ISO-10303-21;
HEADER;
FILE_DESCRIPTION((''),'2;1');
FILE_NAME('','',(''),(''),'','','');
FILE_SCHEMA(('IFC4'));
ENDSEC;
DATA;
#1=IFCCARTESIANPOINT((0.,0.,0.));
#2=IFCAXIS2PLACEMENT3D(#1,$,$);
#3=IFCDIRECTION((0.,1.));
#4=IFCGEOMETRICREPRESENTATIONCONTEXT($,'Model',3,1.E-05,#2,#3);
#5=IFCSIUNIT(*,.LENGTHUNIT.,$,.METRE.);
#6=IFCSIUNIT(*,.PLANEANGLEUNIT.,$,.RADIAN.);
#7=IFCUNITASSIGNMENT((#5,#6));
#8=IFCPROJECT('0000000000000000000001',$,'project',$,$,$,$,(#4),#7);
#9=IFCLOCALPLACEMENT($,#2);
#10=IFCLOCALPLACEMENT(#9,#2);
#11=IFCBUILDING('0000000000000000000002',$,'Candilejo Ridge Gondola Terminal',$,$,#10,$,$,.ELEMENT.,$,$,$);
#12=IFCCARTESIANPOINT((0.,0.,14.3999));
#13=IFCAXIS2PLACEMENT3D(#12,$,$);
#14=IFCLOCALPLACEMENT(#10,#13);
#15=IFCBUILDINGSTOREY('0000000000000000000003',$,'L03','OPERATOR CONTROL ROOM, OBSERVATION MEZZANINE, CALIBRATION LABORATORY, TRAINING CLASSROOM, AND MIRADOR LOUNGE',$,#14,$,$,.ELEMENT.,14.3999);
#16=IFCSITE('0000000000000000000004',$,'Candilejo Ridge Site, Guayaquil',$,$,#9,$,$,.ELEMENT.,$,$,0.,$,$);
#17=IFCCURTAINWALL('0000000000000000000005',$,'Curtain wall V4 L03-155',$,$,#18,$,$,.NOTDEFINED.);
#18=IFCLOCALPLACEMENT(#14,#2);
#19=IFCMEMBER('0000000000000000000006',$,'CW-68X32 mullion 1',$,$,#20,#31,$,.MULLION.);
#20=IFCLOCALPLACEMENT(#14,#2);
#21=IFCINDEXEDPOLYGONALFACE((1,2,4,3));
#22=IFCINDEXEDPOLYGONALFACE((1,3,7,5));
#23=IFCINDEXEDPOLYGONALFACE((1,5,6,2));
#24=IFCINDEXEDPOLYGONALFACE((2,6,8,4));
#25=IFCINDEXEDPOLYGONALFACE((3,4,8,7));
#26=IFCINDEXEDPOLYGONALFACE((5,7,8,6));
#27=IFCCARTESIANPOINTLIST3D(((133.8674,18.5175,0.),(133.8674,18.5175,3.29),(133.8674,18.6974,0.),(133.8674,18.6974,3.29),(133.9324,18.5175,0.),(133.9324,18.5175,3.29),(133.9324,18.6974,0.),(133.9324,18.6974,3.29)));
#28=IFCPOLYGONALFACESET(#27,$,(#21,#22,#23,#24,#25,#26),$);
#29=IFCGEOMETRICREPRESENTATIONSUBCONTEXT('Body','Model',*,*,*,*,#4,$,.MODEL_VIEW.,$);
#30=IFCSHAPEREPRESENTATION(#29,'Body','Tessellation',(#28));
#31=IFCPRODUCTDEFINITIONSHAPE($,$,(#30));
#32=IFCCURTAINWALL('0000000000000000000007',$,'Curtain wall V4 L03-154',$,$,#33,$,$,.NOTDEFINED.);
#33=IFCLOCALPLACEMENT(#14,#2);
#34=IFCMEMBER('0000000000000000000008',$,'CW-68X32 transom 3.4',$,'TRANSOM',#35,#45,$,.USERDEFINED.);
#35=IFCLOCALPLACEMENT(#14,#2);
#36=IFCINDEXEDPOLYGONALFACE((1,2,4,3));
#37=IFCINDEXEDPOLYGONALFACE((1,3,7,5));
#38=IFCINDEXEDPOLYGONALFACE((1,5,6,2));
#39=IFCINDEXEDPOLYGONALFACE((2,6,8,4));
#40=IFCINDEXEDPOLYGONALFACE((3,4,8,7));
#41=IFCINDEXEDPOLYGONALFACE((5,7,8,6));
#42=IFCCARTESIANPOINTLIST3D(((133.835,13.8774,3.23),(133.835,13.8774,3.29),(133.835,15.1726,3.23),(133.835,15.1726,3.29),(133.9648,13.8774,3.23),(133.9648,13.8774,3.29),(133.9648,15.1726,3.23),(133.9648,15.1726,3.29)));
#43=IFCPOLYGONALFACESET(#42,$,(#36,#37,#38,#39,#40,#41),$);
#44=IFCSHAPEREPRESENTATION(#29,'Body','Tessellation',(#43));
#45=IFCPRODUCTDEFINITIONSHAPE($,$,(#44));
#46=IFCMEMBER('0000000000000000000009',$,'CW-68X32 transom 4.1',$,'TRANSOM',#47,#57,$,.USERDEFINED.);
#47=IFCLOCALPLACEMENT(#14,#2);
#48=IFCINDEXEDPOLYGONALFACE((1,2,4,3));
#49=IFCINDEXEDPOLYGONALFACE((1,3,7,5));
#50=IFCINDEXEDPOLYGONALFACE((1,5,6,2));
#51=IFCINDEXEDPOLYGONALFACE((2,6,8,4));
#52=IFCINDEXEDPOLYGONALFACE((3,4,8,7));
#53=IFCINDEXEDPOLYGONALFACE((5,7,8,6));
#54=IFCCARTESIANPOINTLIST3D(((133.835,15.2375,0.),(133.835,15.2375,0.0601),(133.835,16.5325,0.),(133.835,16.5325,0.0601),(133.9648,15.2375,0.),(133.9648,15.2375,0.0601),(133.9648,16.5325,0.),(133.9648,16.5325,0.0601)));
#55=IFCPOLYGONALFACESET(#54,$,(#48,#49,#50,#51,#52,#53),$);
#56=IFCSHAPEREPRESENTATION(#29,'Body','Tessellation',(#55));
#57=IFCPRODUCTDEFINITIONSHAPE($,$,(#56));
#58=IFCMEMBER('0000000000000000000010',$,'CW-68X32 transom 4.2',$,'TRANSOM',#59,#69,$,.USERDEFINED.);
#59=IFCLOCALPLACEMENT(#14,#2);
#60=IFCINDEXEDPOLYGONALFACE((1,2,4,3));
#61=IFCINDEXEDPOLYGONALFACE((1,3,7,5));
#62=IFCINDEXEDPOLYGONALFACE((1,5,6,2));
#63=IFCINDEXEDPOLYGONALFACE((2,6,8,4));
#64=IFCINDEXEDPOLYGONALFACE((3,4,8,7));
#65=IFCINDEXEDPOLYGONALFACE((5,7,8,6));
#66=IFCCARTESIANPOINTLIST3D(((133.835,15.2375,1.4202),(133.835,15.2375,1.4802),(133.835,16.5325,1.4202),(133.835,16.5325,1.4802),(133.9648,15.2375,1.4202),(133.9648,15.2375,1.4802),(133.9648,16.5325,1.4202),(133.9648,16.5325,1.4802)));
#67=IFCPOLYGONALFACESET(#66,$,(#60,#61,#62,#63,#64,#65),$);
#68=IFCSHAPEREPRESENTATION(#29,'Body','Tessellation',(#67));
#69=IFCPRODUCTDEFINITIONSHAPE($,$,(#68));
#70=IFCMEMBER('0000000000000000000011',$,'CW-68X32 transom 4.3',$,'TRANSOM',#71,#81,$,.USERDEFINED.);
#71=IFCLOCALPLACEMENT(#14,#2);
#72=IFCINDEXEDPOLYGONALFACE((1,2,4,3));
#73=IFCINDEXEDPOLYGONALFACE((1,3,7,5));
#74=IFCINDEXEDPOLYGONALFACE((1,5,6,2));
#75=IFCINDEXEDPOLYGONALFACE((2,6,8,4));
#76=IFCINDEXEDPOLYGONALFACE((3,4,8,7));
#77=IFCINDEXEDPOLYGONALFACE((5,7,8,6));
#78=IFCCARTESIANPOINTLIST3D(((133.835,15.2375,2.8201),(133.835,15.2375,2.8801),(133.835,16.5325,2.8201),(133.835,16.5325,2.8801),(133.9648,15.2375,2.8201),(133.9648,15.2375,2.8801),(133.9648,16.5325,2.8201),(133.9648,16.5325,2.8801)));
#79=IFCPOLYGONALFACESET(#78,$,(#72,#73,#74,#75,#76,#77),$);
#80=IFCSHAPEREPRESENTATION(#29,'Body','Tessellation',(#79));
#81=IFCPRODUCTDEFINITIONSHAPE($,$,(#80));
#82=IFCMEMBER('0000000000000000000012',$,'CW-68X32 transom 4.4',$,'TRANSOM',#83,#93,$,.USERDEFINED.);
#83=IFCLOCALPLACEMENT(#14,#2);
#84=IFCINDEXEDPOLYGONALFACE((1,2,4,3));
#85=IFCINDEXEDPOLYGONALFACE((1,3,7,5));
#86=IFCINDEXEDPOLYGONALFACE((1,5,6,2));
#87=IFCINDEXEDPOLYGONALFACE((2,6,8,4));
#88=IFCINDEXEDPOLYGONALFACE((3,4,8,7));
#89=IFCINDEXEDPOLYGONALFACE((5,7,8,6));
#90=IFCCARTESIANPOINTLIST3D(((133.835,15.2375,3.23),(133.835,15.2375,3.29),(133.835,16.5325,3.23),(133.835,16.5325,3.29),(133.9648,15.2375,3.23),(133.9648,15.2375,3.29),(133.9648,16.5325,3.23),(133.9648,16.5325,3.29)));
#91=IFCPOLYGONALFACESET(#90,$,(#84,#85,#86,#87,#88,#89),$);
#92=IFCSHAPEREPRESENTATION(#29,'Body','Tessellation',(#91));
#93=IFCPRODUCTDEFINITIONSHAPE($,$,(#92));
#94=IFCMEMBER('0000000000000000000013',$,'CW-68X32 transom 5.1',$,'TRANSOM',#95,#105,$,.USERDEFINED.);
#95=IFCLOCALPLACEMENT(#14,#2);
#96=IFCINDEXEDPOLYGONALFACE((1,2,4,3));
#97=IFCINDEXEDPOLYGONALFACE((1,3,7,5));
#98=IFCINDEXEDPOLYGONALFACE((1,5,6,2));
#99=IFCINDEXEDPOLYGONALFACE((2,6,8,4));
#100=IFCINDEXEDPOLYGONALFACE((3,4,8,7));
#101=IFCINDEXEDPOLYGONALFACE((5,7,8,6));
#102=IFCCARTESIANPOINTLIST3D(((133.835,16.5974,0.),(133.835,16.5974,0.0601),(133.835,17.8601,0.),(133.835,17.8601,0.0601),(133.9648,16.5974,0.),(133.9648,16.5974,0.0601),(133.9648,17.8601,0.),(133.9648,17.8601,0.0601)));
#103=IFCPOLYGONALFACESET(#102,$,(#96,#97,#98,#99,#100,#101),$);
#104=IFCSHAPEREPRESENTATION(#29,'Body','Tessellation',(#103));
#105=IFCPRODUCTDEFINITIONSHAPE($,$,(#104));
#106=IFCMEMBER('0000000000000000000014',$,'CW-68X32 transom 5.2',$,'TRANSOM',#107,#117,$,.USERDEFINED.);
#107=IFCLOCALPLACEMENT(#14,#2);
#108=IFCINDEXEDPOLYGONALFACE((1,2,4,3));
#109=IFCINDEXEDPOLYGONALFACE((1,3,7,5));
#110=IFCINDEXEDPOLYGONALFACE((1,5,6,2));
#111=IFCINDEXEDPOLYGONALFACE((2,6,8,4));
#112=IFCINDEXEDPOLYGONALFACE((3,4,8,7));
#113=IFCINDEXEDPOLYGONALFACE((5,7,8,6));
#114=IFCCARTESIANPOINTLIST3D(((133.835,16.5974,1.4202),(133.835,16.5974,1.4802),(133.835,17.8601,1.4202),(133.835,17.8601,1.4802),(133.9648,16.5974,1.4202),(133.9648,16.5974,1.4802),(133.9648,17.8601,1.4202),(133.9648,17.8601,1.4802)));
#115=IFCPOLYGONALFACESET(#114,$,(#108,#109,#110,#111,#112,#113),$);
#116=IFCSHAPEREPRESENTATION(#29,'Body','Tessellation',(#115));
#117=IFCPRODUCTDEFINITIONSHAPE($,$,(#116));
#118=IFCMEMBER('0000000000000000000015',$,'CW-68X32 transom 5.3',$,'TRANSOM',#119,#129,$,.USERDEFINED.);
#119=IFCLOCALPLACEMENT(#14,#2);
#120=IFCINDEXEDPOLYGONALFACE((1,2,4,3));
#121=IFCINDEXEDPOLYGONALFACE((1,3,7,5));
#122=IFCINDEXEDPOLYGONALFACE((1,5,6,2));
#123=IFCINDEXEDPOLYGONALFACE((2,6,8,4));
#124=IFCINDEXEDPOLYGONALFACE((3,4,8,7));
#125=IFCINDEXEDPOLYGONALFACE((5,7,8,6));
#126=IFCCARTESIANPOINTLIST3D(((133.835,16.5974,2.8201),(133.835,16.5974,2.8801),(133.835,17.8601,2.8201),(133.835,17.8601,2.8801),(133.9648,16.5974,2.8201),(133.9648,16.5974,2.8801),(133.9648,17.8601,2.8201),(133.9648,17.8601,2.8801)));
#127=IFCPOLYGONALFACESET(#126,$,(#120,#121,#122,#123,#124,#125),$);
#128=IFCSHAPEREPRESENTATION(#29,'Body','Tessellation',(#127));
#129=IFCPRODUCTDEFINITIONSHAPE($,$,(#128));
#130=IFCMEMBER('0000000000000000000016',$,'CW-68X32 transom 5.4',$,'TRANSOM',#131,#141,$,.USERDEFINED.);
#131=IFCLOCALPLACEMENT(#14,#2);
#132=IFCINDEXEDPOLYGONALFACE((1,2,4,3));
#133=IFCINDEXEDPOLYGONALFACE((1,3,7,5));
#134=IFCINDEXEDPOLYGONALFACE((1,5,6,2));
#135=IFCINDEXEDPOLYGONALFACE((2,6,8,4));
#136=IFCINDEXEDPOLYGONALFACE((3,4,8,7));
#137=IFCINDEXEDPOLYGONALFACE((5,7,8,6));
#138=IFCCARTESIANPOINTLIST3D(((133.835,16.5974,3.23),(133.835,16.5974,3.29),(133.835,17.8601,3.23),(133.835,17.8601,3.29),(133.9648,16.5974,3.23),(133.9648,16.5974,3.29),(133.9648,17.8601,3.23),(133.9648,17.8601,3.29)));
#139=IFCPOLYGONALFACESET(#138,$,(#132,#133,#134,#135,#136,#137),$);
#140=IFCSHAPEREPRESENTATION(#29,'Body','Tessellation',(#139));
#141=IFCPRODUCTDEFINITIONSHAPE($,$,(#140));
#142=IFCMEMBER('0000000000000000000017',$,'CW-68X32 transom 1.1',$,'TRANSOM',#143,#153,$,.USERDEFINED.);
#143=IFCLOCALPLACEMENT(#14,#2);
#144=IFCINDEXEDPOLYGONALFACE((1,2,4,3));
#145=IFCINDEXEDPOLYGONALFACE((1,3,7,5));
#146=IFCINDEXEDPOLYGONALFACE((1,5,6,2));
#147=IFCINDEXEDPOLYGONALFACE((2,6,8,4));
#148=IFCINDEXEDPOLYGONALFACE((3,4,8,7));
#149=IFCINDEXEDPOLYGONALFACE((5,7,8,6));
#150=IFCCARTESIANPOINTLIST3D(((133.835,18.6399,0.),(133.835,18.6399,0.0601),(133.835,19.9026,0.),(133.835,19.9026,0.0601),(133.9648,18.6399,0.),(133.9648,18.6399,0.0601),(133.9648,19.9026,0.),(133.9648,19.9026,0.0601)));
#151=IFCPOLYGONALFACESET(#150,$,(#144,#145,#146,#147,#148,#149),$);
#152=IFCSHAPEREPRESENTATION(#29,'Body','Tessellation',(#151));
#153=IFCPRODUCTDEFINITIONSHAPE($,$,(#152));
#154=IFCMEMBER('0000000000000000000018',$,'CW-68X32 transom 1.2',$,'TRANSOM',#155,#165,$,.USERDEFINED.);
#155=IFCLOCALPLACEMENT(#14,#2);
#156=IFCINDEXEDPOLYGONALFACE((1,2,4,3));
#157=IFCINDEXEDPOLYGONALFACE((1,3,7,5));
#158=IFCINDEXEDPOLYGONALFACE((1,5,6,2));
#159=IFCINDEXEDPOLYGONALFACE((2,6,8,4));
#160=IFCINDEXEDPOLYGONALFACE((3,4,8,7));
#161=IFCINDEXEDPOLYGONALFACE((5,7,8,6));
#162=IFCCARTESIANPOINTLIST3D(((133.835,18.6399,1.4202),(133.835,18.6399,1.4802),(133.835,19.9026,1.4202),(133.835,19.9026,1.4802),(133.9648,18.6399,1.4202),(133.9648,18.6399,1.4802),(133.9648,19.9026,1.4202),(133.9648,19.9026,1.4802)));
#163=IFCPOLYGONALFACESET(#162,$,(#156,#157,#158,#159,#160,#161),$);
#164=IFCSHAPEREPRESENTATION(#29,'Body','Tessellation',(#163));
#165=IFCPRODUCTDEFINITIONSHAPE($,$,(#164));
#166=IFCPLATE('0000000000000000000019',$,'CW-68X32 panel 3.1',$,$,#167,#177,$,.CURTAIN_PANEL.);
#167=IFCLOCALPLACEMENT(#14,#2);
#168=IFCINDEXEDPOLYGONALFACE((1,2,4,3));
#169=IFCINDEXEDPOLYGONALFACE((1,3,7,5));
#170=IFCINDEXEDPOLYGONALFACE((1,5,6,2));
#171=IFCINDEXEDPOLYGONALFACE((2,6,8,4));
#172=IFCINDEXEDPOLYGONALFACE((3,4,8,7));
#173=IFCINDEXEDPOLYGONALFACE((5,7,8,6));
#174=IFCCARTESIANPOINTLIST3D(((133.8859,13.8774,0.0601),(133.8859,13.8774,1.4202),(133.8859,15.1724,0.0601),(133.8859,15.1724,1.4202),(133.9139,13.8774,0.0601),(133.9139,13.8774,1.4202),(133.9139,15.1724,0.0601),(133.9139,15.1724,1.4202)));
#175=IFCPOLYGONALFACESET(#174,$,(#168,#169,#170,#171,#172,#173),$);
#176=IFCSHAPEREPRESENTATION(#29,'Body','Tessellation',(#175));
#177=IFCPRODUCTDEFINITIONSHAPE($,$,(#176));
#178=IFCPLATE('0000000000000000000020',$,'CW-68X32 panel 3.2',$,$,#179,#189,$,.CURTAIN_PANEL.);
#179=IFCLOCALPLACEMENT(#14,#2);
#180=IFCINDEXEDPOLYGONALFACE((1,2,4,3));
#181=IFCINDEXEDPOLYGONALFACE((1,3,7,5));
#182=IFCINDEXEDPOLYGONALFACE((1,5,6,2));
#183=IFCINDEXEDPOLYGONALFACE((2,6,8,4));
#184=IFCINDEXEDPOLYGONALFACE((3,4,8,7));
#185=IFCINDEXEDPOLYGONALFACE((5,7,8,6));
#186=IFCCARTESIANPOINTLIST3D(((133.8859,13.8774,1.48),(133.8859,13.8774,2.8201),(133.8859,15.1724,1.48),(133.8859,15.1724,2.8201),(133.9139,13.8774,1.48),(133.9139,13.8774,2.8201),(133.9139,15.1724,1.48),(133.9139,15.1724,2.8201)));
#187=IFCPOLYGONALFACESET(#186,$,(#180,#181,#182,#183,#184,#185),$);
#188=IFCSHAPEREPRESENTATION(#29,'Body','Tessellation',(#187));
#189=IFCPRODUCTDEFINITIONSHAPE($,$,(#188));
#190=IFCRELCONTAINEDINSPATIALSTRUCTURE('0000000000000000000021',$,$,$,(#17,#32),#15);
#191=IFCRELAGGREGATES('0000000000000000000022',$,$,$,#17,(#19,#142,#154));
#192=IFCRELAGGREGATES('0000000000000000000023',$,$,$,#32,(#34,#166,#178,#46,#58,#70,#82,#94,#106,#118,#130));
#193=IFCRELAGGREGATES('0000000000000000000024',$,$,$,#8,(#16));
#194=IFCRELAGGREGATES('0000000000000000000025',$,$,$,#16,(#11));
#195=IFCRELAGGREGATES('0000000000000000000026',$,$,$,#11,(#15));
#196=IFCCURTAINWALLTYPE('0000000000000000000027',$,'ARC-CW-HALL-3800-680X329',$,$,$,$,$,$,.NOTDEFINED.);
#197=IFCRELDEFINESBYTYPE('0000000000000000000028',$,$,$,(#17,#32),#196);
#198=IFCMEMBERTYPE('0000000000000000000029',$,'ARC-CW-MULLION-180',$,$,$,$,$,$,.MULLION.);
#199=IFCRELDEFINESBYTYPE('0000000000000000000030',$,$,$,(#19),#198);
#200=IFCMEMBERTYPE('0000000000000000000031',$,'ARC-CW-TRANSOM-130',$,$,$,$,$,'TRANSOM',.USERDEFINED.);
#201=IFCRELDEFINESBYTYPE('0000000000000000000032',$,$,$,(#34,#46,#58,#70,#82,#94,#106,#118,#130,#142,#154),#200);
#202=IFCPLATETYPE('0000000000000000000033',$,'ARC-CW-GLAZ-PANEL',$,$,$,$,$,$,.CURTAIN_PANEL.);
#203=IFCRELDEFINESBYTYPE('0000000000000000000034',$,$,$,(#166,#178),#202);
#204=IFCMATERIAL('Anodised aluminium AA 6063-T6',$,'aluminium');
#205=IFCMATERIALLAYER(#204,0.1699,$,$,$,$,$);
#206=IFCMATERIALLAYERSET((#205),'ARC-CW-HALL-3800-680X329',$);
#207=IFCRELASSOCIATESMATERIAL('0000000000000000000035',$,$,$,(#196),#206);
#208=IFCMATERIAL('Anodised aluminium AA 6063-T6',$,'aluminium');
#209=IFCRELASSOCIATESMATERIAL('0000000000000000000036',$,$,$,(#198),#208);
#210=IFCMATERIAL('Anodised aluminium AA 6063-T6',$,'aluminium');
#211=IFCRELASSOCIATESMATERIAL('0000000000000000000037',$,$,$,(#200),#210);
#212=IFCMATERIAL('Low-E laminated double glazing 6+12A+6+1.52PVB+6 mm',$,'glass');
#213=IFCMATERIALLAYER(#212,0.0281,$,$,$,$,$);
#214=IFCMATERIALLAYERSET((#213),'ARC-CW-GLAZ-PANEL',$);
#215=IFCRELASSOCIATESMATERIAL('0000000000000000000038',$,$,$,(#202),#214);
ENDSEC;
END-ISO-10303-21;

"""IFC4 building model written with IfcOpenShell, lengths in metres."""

from ifc_helpers import new_model, si_unit, direction, frame, origin, origin_2d, place, context, subcontext, project, spatial, rectangle, extrude, material, layer, layer_set, material_profile, profile_set, type_object, element, aggregate, save


model = new_model("IFC4")

# Units and contexts
model_context = context("Model", 3, precision=1e-05, world=origin(), true_north=direction((0.0, 1.0)))
body_context = subcontext(model_context, "Body", "Model", "MODEL_VIEW")
ifc_project = project(units=[si_unit("LENGTHUNIT", "METRE"), si_unit("PLANEANGLEUNIT", "RADIAN")], contexts=[model_context])

# Site, building, storey
site_placement = place(None, origin())
site = spatial("IfcSite", under=ifc_project, at=site_placement, Name="Candilejo Ridge Site, Guayaquil", CompositionType="ELEMENT", RefElevation=0.0)
building_placement = place(site_placement, origin())
building = spatial("IfcBuilding", under=site, at=building_placement, Name="Candilejo Ridge Gondola Terminal", CompositionType="ELEMENT")
storey_placement = place(building_placement, frame((0.0, 0.0, 14.3999)))
storey = spatial("IfcBuildingStorey", under=building, at=storey_placement, Name="L03", Description="OPERATOR CONTROL ROOM, OBSERVATION MEZZANINE, CALIBRATION LABORATORY, TRAINING CLASSROOM, AND MIRADOR LOUNGE", CompositionType="ELEMENT", Elevation=14.3999)

# Curtain wall, member
ifc_material_1 = material(Name="Anodised aluminium AA 6063-T6", Category="aluminium")
ifc_layer_1 = layer(ifc_material_1, 0.1699)
ifc_layer_set_1 = layer_set([ifc_layer_1], Name="ARC-CW-HALL-3800-680X329")
curtain_wall_type = type_object("IfcCurtainWallType", Name="ARC-CW-HALL-3800-680X329", PredefinedType="NOTDEFINED", material=ifc_layer_set_1)
curtain_wall_1_placement = place(storey_placement, origin())
curtain_wall_1 = element("IfcCurtainWall", 1, at=curtain_wall_1_placement, inside=storey, type_object=curtain_wall_type, Name="Curtain wall V4 L03-155", PredefinedType="NOTDEFINED")
ifc_material_2 = material(Name="Anodised aluminium AA 6063-T6", Category="aluminium")
ifc_material_profile_1 = material_profile(ifc_material_2, rectangle(XDim=0.0649, YDim=0.1799, at=origin_2d()))
ifc_profile_set_1 = profile_set([ifc_material_profile_1], Name="Anodised aluminium AA 6063-T6")
member_type_1 = type_object("IfcMemberType", Name="ARC-CW-MULLION-180", PredefinedType="MULLION", material=ifc_profile_set_1)
member_1_placement = place(storey_placement, frame((133.8999, 18.6074, 0.0), z_axis=(0.0, 0.0, 1.0), x_axis=(-1.0, 0.0, 0.0)))
member_1 = element("IfcMember", 2, at=member_1_placement, type_object=member_type_1, Name="CW-68X32 mullion 1", PredefinedType="MULLION", context=body_context, shape_type="SweptSolid", body=[
    extrude(rectangle(XDim=0.0649, YDim=0.1799, at=origin_2d()), origin(), (0.0, 0.0, 1.0), 3.29),
])

# Curtain wall, members
curtain_wall_2_placement = place(storey_placement, origin())
curtain_wall_2 = element("IfcCurtainWall", 3, at=curtain_wall_2_placement, inside=storey, type_object=curtain_wall_type, Name="Curtain wall V4 L03-154", PredefinedType="NOTDEFINED")
ifc_material_3 = material(Name="Anodised aluminium AA 6063-T6", Category="aluminium")
ifc_material_profile_2 = material_profile(ifc_material_3, rectangle(XDim=0.1299, YDim=0.0601, at=origin_2d()))
ifc_profile_set_2 = profile_set([ifc_material_profile_2], Name="Anodised aluminium AA 6063-T6")
member_type_2 = type_object("IfcMemberType", Name="ARC-CW-TRANSOM-130", ElementType="TRANSOM", PredefinedType="USERDEFINED", material=ifc_profile_set_2)
member_2_placement = place(storey_placement, frame((133.8999, 13.8774, 3.26), z_axis=(0.0, 1.0, 0.0), x_axis=(-1.0, 0.0, 0.0)))
member_2 = element("IfcMember", 4, at=member_2_placement, type_object=member_type_2, Name="CW-68X32 transom 3.4", ObjectType="TRANSOM", PredefinedType="USERDEFINED", context=body_context, shape_type="SweptSolid", body=[
    extrude(rectangle(XDim=0.1299, YDim=0.0601, at=origin_2d()), origin(), (0.0, 0.0, 1.0), 1.2952),
])
member_3_placement = place(storey_placement, frame((133.8999, 15.2375, 0.03), z_axis=(0.0, 1.0, 0.0), x_axis=(-1.0, 0.0, 0.0)))
member_3 = element("IfcMember", 5, at=member_3_placement, type_object=member_type_2, Name="CW-68X32 transom 4.1", ObjectType="TRANSOM", PredefinedType="USERDEFINED", context=body_context, shape_type="SweptSolid", body=[
    extrude(rectangle(XDim=0.1299, YDim=0.0601, at=origin_2d()), origin(), (0.0, 0.0, 1.0), 1.2949),
])
member_4_placement = place(storey_placement, frame((133.8999, 15.2375, 1.4502), z_axis=(0.0, 1.0, 0.0), x_axis=(-1.0, 0.0, 0.0)))
member_4 = element("IfcMember", 6, at=member_4_placement, type_object=member_type_2, Name="CW-68X32 transom 4.2", ObjectType="TRANSOM", PredefinedType="USERDEFINED", context=body_context, shape_type="SweptSolid", body=[
    extrude(rectangle(XDim=0.1299, YDim=0.0601, at=origin_2d()), origin(), (0.0, 0.0, 1.0), 1.2949),
])
member_5_placement = place(storey_placement, frame((133.8999, 15.2375, 2.8501), z_axis=(0.0, 1.0, 0.0), x_axis=(-1.0, 0.0, 0.0)))
member_5 = element("IfcMember", 7, at=member_5_placement, type_object=member_type_2, Name="CW-68X32 transom 4.3", ObjectType="TRANSOM", PredefinedType="USERDEFINED", context=body_context, shape_type="SweptSolid", body=[
    extrude(rectangle(XDim=0.1299, YDim=0.0601, at=origin_2d()), origin(), (0.0, 0.0, 1.0), 1.2949),
])
member_6_placement = place(storey_placement, frame((133.8999, 15.2375, 3.26), z_axis=(0.0, 1.0, 0.0), x_axis=(-1.0, 0.0, 0.0)))
member_6 = element("IfcMember", 8, at=member_6_placement, type_object=member_type_2, Name="CW-68X32 transom 4.4", ObjectType="TRANSOM", PredefinedType="USERDEFINED", context=body_context, shape_type="SweptSolid", body=[
    extrude(rectangle(XDim=0.1299, YDim=0.0601, at=origin_2d()), origin(), (0.0, 0.0, 1.0), 1.2949),
])
member_7_placement = place(storey_placement, frame((133.8999, 16.5974, 0.03), z_axis=(0.0, 1.0, 0.0), x_axis=(-1.0, 0.0, 0.0)))
member_7 = element("IfcMember", 9, at=member_7_placement, type_object=member_type_2, Name="CW-68X32 transom 5.1", ObjectType="TRANSOM", PredefinedType="USERDEFINED", context=body_context, shape_type="SweptSolid", body=[
    extrude(rectangle(XDim=0.1299, YDim=0.0601, at=origin_2d()), origin(), (0.0, 0.0, 1.0), 1.2627),
])
member_8_placement = place(storey_placement, frame((133.8999, 16.5974, 1.4502), z_axis=(0.0, 1.0, 0.0), x_axis=(-1.0, 0.0, 0.0)))
member_8 = element("IfcMember", 10, at=member_8_placement, type_object=member_type_2, Name="CW-68X32 transom 5.2", ObjectType="TRANSOM", PredefinedType="USERDEFINED", context=body_context, shape_type="SweptSolid", body=[
    extrude(rectangle(XDim=0.1299, YDim=0.0601, at=origin_2d()), origin(), (0.0, 0.0, 1.0), 1.2627),
])
member_9_placement = place(storey_placement, frame((133.8999, 16.5974, 2.8501), z_axis=(0.0, 1.0, 0.0), x_axis=(-1.0, 0.0, 0.0)))
member_9 = element("IfcMember", 11, at=member_9_placement, type_object=member_type_2, Name="CW-68X32 transom 5.3", ObjectType="TRANSOM", PredefinedType="USERDEFINED", context=body_context, shape_type="SweptSolid", body=[
    extrude(rectangle(XDim=0.1299, YDim=0.0601, at=origin_2d()), origin(), (0.0, 0.0, 1.0), 1.2627),
])
member_10_placement = place(storey_placement, frame((133.8999, 16.5974, 3.26), z_axis=(0.0, 1.0, 0.0), x_axis=(-1.0, 0.0, 0.0)))
member_10 = element("IfcMember", 12, at=member_10_placement, type_object=member_type_2, Name="CW-68X32 transom 5.4", ObjectType="TRANSOM", PredefinedType="USERDEFINED", context=body_context, shape_type="SweptSolid", body=[
    extrude(rectangle(XDim=0.1299, YDim=0.0601, at=origin_2d()), origin(), (0.0, 0.0, 1.0), 1.2627),
])

# Members
member_11_placement = place(storey_placement, frame((133.8999, 18.6399, 0.03), z_axis=(0.0, 1.0, 0.0), x_axis=(-1.0, 0.0, 0.0)))
member_11 = element("IfcMember", 13, at=member_11_placement, type_object=member_type_2, Name="CW-68X32 transom 1.1", ObjectType="TRANSOM", PredefinedType="USERDEFINED", context=body_context, shape_type="SweptSolid", body=[
    extrude(rectangle(XDim=0.1299, YDim=0.0601, at=origin_2d()), origin(), (0.0, 0.0, 1.0), 1.2627),
])
member_12_placement = place(storey_placement, frame((133.8999, 18.6399, 1.4502), z_axis=(0.0, 1.0, 0.0), x_axis=(-1.0, 0.0, 0.0)))
member_12 = element("IfcMember", 14, at=member_12_placement, type_object=member_type_2, Name="CW-68X32 transom 1.2", ObjectType="TRANSOM", PredefinedType="USERDEFINED", context=body_context, shape_type="SweptSolid", body=[
    extrude(rectangle(XDim=0.1299, YDim=0.0601, at=origin_2d()), origin(), (0.0, 0.0, 1.0), 1.2627),
])
aggregate(curtain_wall_1, [member_1, member_11, member_12])

# Plates
ifc_material_4 = material(Name="Low-E laminated double glazing 6+12A+6+1.52PVB+6 mm", Category="glass")
ifc_layer_2 = layer(ifc_material_4, 0.0281)
ifc_layer_set_2 = layer_set([ifc_layer_2], Name="ARC-CW-GLAZ-PANEL")
plate_type = type_object("IfcPlateType", Name="ARC-CW-GLAZ-PANEL", PredefinedType="CURTAIN_PANEL", material=ifc_layer_set_2)
plate_1_placement = place(storey_placement, frame((133.8999, 14.5249, 0.0601), z_axis=(0.0, 0.0, 1.0), x_axis=(0.0, 1.0, 0.0)))
plate_1 = element("IfcPlate", 15, at=plate_1_placement, type_object=plate_type, Name="CW-68X32 panel 3.1", PredefinedType="CURTAIN_PANEL", context=body_context, shape_type="SweptSolid", body=[
    extrude(rectangle(XDim=1.2949, YDim=0.0281, at=origin_2d()), origin(), (0.0, 0.0, 1.0), 1.3601),
])
plate_2_placement = place(storey_placement, frame((133.8999, 14.5249, 1.48), z_axis=(0.0, 0.0, 1.0), x_axis=(0.0, 1.0, 0.0)))
plate_2 = element("IfcPlate", 16, at=plate_2_placement, type_object=plate_type, Name="CW-68X32 panel 3.2", PredefinedType="CURTAIN_PANEL", context=body_context, shape_type="SweptSolid", body=[
    extrude(rectangle(XDim=1.2949, YDim=0.0281, at=origin_2d()), origin(), (0.0, 0.0, 1.0), 1.3401),
])
aggregate(curtain_wall_2, [member_2, plate_1, plate_2, member_3, member_4, member_5, member_6, member_7, member_8, member_9, member_10])

save(model, "model.ifc")
